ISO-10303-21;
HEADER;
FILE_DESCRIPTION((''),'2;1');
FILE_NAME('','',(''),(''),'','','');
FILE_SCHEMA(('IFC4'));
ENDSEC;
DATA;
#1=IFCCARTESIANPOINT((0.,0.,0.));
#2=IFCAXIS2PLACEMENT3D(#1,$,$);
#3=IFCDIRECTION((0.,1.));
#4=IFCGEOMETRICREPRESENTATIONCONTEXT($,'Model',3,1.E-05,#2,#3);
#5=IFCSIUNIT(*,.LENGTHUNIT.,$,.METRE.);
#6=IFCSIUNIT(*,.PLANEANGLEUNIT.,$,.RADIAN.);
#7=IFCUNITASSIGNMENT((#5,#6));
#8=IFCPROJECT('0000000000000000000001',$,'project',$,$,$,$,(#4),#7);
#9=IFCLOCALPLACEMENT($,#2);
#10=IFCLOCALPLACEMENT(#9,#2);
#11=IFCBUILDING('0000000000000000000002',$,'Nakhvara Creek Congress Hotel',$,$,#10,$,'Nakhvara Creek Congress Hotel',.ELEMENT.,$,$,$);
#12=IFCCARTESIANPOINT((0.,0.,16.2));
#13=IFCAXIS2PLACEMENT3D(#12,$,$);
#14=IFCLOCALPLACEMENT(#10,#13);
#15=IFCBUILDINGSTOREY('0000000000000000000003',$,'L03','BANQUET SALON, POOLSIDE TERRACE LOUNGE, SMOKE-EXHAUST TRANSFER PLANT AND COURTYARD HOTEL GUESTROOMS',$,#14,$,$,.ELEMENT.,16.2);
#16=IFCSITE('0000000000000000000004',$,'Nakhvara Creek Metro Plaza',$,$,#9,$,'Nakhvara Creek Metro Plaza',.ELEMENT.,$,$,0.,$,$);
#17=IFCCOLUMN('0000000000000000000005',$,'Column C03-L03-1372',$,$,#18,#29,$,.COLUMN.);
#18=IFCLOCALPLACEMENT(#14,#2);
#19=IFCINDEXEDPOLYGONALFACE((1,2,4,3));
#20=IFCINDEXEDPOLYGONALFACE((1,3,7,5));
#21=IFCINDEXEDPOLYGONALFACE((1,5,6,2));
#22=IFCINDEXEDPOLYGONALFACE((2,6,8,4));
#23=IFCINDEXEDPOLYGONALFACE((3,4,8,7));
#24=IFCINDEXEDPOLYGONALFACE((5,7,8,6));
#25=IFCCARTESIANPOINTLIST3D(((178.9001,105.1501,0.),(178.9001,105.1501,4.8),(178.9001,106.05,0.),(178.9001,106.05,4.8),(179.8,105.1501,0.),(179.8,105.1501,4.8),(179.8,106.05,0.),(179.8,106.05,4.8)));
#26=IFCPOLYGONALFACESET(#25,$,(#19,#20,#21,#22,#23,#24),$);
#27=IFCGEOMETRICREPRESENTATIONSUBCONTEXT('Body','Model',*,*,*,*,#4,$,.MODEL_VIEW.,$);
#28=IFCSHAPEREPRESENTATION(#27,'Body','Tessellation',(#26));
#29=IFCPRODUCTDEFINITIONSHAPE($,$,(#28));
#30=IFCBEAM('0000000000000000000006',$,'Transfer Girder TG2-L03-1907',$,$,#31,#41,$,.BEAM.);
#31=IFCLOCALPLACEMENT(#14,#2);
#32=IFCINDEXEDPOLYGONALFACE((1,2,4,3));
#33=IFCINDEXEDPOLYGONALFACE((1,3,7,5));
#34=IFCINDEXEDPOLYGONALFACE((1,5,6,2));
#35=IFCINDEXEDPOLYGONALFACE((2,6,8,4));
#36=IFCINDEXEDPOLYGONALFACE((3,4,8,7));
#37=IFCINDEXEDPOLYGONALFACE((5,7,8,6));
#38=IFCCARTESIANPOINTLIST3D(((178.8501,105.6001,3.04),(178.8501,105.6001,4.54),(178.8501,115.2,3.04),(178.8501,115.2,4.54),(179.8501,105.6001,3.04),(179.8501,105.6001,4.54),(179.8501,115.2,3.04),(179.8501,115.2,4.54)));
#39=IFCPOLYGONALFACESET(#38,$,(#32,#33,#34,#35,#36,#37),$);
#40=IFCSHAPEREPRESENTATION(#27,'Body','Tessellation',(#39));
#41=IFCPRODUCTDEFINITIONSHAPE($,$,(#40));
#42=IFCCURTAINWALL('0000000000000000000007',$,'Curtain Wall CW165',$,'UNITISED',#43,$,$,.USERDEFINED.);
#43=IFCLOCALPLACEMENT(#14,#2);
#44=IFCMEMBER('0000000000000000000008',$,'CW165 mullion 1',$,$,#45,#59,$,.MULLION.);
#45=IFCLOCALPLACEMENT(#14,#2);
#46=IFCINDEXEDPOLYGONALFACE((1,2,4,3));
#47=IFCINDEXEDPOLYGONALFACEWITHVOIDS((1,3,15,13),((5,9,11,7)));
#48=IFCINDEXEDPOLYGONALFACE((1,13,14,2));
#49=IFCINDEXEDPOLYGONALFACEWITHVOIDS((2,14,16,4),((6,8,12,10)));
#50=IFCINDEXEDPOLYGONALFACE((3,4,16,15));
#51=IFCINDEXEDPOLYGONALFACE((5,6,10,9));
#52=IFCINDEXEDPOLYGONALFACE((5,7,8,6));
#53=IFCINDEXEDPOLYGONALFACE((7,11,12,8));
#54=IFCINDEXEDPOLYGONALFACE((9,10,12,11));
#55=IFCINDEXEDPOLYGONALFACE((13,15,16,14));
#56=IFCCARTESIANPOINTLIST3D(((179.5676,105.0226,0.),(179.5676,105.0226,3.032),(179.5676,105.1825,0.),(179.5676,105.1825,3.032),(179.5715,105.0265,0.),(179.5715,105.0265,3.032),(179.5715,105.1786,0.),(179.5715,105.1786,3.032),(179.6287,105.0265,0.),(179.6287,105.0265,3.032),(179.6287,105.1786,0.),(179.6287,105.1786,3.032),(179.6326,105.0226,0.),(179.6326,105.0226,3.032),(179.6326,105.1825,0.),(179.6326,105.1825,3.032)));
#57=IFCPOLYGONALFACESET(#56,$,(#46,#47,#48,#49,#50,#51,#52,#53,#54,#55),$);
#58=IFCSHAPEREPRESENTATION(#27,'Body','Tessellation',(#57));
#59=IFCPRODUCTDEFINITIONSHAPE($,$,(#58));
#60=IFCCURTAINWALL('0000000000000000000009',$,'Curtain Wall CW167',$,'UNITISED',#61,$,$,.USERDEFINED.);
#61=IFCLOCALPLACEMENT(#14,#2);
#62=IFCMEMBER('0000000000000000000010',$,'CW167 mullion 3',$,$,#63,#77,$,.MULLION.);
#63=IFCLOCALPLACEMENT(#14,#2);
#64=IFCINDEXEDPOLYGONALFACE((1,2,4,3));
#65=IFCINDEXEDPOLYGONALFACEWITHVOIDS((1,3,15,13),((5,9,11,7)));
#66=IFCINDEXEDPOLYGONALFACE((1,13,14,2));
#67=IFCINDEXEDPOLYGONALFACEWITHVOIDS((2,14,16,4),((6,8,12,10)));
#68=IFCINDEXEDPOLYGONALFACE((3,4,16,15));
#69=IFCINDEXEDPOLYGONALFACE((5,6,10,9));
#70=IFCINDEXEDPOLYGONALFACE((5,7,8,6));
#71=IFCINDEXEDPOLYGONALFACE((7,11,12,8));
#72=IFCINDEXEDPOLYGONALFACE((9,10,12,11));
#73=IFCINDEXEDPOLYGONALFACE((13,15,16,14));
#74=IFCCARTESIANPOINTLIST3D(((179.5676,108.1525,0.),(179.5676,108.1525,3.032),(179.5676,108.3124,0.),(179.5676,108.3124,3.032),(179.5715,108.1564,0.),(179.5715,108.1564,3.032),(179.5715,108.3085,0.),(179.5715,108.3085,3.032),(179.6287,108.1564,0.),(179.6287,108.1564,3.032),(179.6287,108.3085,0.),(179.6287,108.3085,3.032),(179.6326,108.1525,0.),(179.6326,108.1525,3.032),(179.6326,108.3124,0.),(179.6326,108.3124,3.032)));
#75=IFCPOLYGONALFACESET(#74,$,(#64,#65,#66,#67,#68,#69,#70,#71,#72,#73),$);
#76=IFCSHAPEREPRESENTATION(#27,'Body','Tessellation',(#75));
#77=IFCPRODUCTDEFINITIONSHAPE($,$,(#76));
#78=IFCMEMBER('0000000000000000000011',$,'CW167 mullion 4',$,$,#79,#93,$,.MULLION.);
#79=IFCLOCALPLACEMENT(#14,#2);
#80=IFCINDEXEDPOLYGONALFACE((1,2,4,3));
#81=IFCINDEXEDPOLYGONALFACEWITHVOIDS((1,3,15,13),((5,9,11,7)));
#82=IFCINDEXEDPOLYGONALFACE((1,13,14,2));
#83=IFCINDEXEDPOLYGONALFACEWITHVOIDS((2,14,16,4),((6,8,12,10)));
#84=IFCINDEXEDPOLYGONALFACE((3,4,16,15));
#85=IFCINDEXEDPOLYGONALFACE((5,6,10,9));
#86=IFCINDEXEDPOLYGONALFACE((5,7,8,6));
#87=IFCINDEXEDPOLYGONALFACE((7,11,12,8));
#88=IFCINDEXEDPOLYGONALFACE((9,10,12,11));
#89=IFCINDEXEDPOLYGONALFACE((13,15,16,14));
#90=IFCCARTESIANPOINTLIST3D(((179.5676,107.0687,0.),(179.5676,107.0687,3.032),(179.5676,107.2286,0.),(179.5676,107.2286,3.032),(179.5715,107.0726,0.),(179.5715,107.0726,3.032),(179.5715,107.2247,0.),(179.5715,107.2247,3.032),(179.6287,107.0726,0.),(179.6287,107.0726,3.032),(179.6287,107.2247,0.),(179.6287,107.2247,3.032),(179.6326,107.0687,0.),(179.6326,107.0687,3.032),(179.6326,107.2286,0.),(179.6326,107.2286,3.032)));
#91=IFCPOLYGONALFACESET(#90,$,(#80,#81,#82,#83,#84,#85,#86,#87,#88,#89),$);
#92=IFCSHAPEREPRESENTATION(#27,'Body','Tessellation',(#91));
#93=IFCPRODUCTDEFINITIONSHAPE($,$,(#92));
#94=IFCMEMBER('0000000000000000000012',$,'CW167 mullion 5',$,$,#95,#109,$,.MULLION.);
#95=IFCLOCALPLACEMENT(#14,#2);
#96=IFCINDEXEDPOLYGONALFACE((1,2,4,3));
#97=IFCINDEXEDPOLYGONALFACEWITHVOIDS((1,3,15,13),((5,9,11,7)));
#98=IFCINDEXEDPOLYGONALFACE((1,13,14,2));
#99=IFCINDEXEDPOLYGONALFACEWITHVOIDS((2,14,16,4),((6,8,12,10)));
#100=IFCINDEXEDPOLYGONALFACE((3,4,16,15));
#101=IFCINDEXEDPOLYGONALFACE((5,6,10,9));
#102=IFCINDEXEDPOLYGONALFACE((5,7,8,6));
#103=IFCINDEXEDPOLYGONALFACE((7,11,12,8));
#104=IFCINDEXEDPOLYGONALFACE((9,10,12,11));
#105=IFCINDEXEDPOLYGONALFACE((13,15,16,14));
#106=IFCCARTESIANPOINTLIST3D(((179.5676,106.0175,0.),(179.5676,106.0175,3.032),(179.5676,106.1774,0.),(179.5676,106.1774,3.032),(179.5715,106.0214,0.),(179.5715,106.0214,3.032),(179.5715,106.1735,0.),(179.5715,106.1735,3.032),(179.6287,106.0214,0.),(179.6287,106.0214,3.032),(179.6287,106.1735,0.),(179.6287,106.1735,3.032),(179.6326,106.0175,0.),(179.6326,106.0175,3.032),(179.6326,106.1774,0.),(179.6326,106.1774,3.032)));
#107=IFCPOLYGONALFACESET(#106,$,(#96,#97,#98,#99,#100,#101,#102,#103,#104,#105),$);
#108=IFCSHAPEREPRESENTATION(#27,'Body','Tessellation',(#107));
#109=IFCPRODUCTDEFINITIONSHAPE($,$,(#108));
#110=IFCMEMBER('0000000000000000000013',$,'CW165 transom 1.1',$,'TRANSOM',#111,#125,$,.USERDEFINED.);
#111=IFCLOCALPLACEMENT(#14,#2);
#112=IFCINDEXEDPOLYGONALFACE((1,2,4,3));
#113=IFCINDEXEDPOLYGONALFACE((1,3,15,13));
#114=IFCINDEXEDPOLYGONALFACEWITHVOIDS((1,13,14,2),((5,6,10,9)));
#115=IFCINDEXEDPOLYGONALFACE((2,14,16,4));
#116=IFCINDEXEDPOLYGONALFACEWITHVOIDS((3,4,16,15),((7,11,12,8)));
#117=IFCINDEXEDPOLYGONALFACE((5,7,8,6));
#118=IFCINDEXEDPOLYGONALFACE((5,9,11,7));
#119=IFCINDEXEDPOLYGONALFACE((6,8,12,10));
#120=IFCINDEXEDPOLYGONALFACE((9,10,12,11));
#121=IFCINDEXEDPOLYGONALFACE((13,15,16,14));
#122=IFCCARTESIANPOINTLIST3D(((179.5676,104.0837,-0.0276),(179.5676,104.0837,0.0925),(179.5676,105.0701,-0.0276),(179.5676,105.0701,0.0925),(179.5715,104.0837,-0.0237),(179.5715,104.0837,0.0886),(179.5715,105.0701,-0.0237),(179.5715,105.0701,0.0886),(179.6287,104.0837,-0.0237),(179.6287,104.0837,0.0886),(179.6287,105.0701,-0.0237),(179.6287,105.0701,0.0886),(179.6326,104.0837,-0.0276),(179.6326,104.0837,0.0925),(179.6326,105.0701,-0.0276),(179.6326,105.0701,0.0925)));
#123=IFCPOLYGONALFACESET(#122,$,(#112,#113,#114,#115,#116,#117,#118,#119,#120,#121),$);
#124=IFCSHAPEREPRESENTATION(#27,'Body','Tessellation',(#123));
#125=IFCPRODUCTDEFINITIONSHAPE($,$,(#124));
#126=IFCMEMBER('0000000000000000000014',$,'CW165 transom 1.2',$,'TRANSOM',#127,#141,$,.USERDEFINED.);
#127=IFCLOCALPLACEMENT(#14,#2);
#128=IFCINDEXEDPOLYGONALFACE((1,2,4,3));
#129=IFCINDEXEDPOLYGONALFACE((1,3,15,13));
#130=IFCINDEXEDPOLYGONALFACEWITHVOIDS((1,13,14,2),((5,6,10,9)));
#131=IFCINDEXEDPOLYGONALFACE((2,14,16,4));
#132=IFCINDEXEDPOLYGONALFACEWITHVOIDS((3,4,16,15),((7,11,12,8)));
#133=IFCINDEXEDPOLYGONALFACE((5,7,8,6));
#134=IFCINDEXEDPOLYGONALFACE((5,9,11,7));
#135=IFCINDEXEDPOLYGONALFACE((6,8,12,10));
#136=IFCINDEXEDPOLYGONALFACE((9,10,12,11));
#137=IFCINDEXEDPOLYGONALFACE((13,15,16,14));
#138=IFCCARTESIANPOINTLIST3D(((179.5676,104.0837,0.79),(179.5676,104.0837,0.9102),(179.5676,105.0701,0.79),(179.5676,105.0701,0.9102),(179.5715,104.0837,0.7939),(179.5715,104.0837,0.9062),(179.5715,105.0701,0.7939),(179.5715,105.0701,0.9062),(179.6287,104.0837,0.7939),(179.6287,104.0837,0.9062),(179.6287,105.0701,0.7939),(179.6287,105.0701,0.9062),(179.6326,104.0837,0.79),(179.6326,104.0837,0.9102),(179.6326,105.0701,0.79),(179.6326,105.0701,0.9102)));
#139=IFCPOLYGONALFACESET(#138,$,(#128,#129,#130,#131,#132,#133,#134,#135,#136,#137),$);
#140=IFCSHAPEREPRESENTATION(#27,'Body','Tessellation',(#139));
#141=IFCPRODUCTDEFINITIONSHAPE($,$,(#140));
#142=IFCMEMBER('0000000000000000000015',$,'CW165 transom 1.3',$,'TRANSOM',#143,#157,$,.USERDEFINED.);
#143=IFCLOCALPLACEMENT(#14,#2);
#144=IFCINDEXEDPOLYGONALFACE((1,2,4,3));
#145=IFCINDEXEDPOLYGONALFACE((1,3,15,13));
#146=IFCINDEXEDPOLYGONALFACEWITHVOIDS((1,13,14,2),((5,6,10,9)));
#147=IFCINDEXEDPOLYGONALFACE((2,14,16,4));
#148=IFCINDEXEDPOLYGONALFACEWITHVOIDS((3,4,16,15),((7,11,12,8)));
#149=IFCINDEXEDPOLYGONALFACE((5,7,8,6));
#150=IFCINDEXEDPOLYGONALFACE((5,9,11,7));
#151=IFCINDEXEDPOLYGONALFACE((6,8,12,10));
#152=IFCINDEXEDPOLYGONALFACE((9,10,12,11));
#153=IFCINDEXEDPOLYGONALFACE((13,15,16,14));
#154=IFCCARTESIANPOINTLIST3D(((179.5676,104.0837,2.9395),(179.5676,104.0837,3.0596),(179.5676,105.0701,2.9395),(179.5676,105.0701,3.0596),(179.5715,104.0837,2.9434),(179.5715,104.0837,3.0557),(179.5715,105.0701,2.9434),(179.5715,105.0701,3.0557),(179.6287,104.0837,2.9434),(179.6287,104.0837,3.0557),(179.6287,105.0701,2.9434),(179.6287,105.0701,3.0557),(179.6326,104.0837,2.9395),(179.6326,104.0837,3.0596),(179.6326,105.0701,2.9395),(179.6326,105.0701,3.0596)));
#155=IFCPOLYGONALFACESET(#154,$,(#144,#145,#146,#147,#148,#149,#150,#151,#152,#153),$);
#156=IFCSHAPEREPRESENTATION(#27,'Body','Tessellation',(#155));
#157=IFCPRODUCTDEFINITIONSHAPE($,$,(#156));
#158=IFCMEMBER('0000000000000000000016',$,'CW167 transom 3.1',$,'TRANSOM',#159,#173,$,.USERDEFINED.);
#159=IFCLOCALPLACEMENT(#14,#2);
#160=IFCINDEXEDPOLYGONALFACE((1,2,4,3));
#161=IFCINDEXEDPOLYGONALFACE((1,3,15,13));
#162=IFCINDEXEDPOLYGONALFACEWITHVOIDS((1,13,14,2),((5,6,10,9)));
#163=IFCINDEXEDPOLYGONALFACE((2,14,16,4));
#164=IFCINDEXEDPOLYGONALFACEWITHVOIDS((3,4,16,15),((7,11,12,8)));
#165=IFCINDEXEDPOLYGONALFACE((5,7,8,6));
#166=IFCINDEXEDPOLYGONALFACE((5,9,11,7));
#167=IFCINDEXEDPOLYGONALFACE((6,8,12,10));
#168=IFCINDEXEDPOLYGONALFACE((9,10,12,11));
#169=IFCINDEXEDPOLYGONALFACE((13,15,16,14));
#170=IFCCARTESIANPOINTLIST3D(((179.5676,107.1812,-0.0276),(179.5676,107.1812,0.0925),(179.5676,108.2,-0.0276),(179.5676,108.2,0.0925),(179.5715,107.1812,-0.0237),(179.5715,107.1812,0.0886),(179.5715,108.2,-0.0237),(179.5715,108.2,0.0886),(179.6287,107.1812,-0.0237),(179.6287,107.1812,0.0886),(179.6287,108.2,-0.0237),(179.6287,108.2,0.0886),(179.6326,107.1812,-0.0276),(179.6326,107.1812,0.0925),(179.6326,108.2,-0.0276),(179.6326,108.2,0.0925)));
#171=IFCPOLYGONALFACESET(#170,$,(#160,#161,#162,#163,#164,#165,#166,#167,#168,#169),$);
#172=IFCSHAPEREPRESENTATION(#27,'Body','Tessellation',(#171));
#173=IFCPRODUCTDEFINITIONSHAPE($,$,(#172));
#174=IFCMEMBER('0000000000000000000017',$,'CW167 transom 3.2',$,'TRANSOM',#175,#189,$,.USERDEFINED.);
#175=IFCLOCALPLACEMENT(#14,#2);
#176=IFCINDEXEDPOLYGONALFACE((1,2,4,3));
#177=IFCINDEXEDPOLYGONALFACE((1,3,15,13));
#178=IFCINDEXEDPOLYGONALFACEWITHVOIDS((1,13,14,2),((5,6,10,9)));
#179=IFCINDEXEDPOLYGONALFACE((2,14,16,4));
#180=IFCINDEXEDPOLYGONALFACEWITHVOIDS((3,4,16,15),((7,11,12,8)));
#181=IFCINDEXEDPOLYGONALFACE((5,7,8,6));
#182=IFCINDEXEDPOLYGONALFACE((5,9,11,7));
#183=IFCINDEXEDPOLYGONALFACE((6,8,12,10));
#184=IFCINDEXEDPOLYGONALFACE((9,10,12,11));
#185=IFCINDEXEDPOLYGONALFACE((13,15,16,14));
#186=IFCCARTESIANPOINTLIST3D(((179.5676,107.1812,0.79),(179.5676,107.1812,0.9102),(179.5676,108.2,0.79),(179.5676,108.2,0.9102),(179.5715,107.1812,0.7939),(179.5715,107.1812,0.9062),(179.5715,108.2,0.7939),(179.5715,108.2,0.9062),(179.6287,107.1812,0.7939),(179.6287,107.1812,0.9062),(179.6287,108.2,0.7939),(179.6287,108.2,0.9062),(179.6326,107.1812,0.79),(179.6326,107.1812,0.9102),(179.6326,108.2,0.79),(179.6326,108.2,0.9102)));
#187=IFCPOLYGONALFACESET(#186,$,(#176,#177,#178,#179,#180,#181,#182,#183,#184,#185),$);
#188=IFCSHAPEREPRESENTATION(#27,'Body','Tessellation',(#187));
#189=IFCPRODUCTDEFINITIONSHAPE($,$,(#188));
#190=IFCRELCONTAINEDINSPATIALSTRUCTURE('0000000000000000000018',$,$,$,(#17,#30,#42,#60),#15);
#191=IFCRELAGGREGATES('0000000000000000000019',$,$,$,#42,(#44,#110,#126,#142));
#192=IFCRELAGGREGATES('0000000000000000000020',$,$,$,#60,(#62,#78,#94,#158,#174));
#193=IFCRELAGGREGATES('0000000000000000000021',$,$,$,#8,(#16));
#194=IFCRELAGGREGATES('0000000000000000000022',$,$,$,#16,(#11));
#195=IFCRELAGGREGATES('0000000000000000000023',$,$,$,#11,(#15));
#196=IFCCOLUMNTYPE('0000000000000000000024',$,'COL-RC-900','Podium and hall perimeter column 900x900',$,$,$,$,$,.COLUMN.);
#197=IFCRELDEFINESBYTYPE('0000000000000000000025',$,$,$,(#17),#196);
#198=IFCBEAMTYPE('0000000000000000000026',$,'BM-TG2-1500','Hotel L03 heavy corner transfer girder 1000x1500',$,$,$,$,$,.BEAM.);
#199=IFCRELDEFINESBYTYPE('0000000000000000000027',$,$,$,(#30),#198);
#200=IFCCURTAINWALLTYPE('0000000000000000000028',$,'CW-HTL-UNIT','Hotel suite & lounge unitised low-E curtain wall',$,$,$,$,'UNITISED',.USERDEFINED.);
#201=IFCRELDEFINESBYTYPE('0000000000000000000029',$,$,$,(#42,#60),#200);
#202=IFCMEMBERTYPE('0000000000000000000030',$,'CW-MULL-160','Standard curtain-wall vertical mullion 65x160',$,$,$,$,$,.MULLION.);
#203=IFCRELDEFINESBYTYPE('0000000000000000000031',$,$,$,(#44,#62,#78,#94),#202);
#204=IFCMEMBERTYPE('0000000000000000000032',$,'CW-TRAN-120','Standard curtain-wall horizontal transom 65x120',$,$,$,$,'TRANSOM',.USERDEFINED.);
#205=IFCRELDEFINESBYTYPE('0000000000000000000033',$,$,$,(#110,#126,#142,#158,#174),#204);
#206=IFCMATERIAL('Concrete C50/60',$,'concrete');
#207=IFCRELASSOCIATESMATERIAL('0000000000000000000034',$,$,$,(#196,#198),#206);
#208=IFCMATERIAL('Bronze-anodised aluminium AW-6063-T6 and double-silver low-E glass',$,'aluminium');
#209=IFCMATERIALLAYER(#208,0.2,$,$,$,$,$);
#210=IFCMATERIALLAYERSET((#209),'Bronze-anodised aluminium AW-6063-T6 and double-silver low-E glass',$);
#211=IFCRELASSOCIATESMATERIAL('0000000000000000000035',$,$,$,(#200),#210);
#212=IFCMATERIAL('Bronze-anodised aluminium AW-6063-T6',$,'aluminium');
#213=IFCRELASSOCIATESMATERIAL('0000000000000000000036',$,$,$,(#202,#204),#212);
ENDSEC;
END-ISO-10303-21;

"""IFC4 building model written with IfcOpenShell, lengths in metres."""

from ifc_helpers import new_model, si_unit, direction, frame, origin, origin_2d, place, context, subcontext, project, spatial, rectangle, hollow_rectangle, extrude, material, layer, layer_set, material_profile, profile_set, type_object, element, aggregate, save


model = new_model("IFC4")

# Units and contexts
model_context = context("Model", 3, precision=1e-05, world=origin(), true_north=direction((0.0, 1.0)))
body_context = subcontext(model_context, "Body", "Model", "MODEL_VIEW")
ifc_project = project(units=[si_unit("LENGTHUNIT", "METRE"), si_unit("PLANEANGLEUNIT", "RADIAN")], contexts=[model_context])

# Site, building, storey
site_placement = place(None, origin())
site = spatial("IfcSite", under=ifc_project, at=site_placement, Name="Nakhvara Creek Metro Plaza", LongName="Nakhvara Creek Metro Plaza", CompositionType="ELEMENT", RefElevation=0.0)
building_placement = place(site_placement, origin())
building = spatial("IfcBuilding", under=site, at=building_placement, Name="Nakhvara Creek Congress Hotel", LongName="Nakhvara Creek Congress Hotel", CompositionType="ELEMENT")
storey_placement = place(building_placement, frame((0.0, 0.0, 16.2)))
storey = spatial("IfcBuildingStorey", under=building, at=storey_placement, Name="L03", Description="BANQUET SALON, POOLSIDE TERRACE LOUNGE, SMOKE-EXHAUST TRANSFER PLANT AND COURTYARD HOTEL GUESTROOMS", CompositionType="ELEMENT", Elevation=16.2)

# Column
ifc_material_1 = material(Name="Concrete C50/60", Category="concrete")
ifc_material_profile_1 = material_profile(ifc_material_1, rectangle(XDim=0.8999, YDim=0.8999, at=origin_2d()), Name="RC-COL 900x900", Category="LoadBearing")
ifc_profile_set_1 = profile_set([ifc_material_profile_1], Name="Concrete C50/60")
column_type = type_object("IfcColumnType", Name="COL-RC-900", Description="Podium and hall perimeter column 900x900", PredefinedType="COLUMN", material=ifc_profile_set_1)
column_placement = place(storey_placement, frame((179.3501, 105.6001, 0.0), z_axis=(0.0, 0.0, 1.0), x_axis=(1.0, 0.0, 0.0)))
element("IfcColumn", 1, at=column_placement, inside=storey, type_object=column_type, Name="Column C03-L03-1372", PredefinedType="COLUMN", context=body_context, shape_type="SweptSolid", body=[
    extrude(rectangle(XDim=0.8999, YDim=0.8999, at=origin_2d()), origin(), (0.0, 0.0, 1.0), 4.8),
])

# Beam
ifc_material_profile_2 = material_profile(ifc_material_1, rectangle(XDim=1.0, YDim=1.5, at=origin_2d()), Name="RC-TG 1000x1500", Category="LoadBearing")
ifc_profile_set_2 = profile_set([ifc_material_profile_2], Name="Concrete C50/60")
beam_type = type_object("IfcBeamType", Name="BM-TG2-1500", Description="Hotel L03 heavy corner transfer girder 1000x1500", PredefinedType="BEAM", material=ifc_profile_set_2)
beam_placement = place(storey_placement, frame((179.3501, 105.6001, 3.79), z_axis=(0.0, 1.0, 0.0), x_axis=(-1.0, 0.0, 0.0)))
element("IfcBeam", 2, at=beam_placement, inside=storey, type_object=beam_type, Name="Transfer Girder TG2-L03-1907", PredefinedType="BEAM", context=body_context, shape_type="SweptSolid", body=[
    extrude(rectangle(XDim=1.0, YDim=1.5, at=origin_2d()), origin(), (0.0, 0.0, 1.0), 9.5999),
])

# Curtain wall, member
ifc_material_2 = material(Name="Bronze-anodised aluminium AW-6063-T6 and double-silver low-E glass", Category="aluminium")
ifc_layer_1 = layer(ifc_material_2, 0.2)
ifc_layer_set_1 = layer_set([ifc_layer_1], Name="Bronze-anodised aluminium AW-6063-T6 and double-silver low-E glass")
curtain_wall_type = type_object("IfcCurtainWallType", Name="CW-HTL-UNIT", Description="Hotel suite & lounge unitised low-E curtain wall", ElementType="UNITISED", PredefinedType="USERDEFINED", material=ifc_layer_set_1)
curtain_wall_1_placement = place(storey_placement, origin())
curtain_wall_1 = element("IfcCurtainWall", 3, at=curtain_wall_1_placement, inside=storey, type_object=curtain_wall_type, Name="Curtain Wall CW165", ObjectType="UNITISED", PredefinedType="USERDEFINED")
ifc_material_3 = material(Name="Bronze-anodised aluminium AW-6063-T6", Category="aluminium")
ifc_material_profile_3 = material_profile(ifc_material_3, hollow_rectangle(XDim=0.0649, YDim=0.1599, WallThickness=0.0039, at=origin_2d()), Name="ALU-MULL 65x160x4", Category="LoadBearing")
ifc_profile_set_3 = profile_set([ifc_material_profile_3], Name="Bronze-anodised aluminium AW-6063-T6")
member_type_1 = type_object("IfcMemberType", Name="CW-MULL-160", Description="Standard curtain-wall vertical mullion 65x160", PredefinedType="MULLION", material=ifc_profile_set_3)
member_1_placement = place(storey_placement, frame((179.6001, 105.1025, 0.0), z_axis=(0.0, 0.0, 1.0), x_axis=(1.0, 0.0, 0.0)))
member_1 = element("IfcMember", 4, at=member_1_placement, type_object=member_type_1, Name="CW165 mullion 1", PredefinedType="MULLION", context=body_context, shape_type="SweptSolid", body=[
    extrude(hollow_rectangle(XDim=0.0649, YDim=0.1599, WallThickness=0.0039, at=origin_2d()), origin(), (0.0, 0.0, 1.0), 3.032),
])

# Curtain wall, members
curtain_wall_2_placement = place(storey_placement, origin())
curtain_wall_2 = element("IfcCurtainWall", 5, at=curtain_wall_2_placement, inside=storey, type_object=curtain_wall_type, Name="Curtain Wall CW167", ObjectType="UNITISED", PredefinedType="USERDEFINED")
member_2_placement = place(storey_placement, frame((179.6001, 108.2324, 0.0), z_axis=(0.0, 0.0, 1.0), x_axis=(1.0, 0.0, 0.0)))
member_2 = element("IfcMember", 6, at=member_2_placement, type_object=member_type_1, Name="CW167 mullion 3", PredefinedType="MULLION", context=body_context, shape_type="SweptSolid", body=[
    extrude(hollow_rectangle(XDim=0.0649, YDim=0.1599, WallThickness=0.0039, at=origin_2d()), origin(), (0.0, 0.0, 1.0), 3.032),
])
member_3_placement = place(storey_placement, frame((179.6001, 107.1487, 0.0), z_axis=(0.0, 0.0, 1.0), x_axis=(1.0, 0.0, 0.0)))
member_3 = element("IfcMember", 7, at=member_3_placement, type_object=member_type_1, Name="CW167 mullion 4", PredefinedType="MULLION", context=body_context, shape_type="SweptSolid", body=[
    extrude(hollow_rectangle(XDim=0.0649, YDim=0.1599, WallThickness=0.0039, at=origin_2d()), origin(), (0.0, 0.0, 1.0), 3.032),
])
member_4_placement = place(storey_placement, frame((179.6001, 106.0974, 0.0), z_axis=(0.0, 0.0, 1.0), x_axis=(1.0, 0.0, 0.0)))
member_4 = element("IfcMember", 8, at=member_4_placement, type_object=member_type_1, Name="CW167 mullion 5", PredefinedType="MULLION", context=body_context, shape_type="SweptSolid", body=[
    extrude(hollow_rectangle(XDim=0.0649, YDim=0.1599, WallThickness=0.0039, at=origin_2d()), origin(), (0.0, 0.0, 1.0), 3.032),
])

# Members
ifc_material_profile_4 = material_profile(ifc_material_3, hollow_rectangle(XDim=0.0649, YDim=0.1201, WallThickness=0.0039, at=origin_2d()), Name="ALU-TRAN 65x120x4", Category="LoadBearing")
ifc_profile_set_4 = profile_set([ifc_material_profile_4], Name="Bronze-anodised aluminium AW-6063-T6")
member_type_2 = type_object("IfcMemberType", Name="CW-TRAN-120", Description="Standard curtain-wall horizontal transom 65x120", ElementType="TRANSOM", PredefinedType="USERDEFINED", material=ifc_profile_set_4)
member_5_placement = place(storey_placement, frame((179.6001, 105.0701, 0.0325), z_axis=(0.0, -1.0, 0.0), x_axis=(1.0, 0.0, 0.0)))
member_5 = element("IfcMember", 9, at=member_5_placement, type_object=member_type_2, Name="CW165 transom 1.1", ObjectType="TRANSOM", PredefinedType="USERDEFINED", context=body_context, shape_type="SweptSolid", body=[
    extrude(hollow_rectangle(XDim=0.0649, YDim=0.1201, WallThickness=0.0039, at=origin_2d()), origin(), (0.0, 0.0, 1.0), 0.9863),
])
member_6_placement = place(storey_placement, frame((179.6001, 105.0701, 0.8501), z_axis=(0.0, -1.0, 0.0), x_axis=(1.0, 0.0, 0.0)))
member_6 = element("IfcMember", 10, at=member_6_placement, type_object=member_type_2, Name="CW165 transom 1.2", ObjectType="TRANSOM", PredefinedType="USERDEFINED", context=body_context, shape_type="SweptSolid", body=[
    extrude(hollow_rectangle(XDim=0.0649, YDim=0.1201, WallThickness=0.0039, at=origin_2d()), origin(), (0.0, 0.0, 1.0), 0.9863),
])
member_7_placement = place(storey_placement, frame((179.6001, 105.0701, 2.9995), z_axis=(0.0, -1.0, 0.0), x_axis=(1.0, 0.0, 0.0)))
member_7 = element("IfcMember", 11, at=member_7_placement, type_object=member_type_2, Name="CW165 transom 1.3", ObjectType="TRANSOM", PredefinedType="USERDEFINED", context=body_context, shape_type="SweptSolid", body=[
    extrude(hollow_rectangle(XDim=0.0649, YDim=0.1201, WallThickness=0.0039, at=origin_2d()), origin(), (0.0, 0.0, 1.0), 0.9863),
])
aggregate(curtain_wall_1, [member_1, member_5, member_6, member_7])
member_8_placement = place(storey_placement, frame((179.6001, 108.2, 0.0325), z_axis=(0.0, -1.0, 0.0), x_axis=(1.0, 0.0, 0.0)))
member_8 = element("IfcMember", 12, at=member_8_placement, type_object=member_type_2, Name="CW167 transom 3.1", ObjectType="TRANSOM", PredefinedType="USERDEFINED", context=body_context, shape_type="SweptSolid", body=[
    extrude(hollow_rectangle(XDim=0.0649, YDim=0.1201, WallThickness=0.0039, at=origin_2d()), origin(), (0.0, 0.0, 1.0), 1.0188),
])
member_9_placement = place(storey_placement, frame((179.6001, 108.2, 0.8501), z_axis=(0.0, -1.0, 0.0), x_axis=(1.0, 0.0, 0.0)))
member_9 = element("IfcMember", 13, at=member_9_placement, type_object=member_type_2, Name="CW167 transom 3.2", ObjectType="TRANSOM", PredefinedType="USERDEFINED", context=body_context, shape_type="SweptSolid", body=[
    extrude(hollow_rectangle(XDim=0.0649, YDim=0.1201, WallThickness=0.0039, at=origin_2d()), origin(), (0.0, 0.0, 1.0), 1.0188),
])

aggregate(curtain_wall_2, [member_2, member_3, member_4, member_8, member_9])

save(model, "model.ifc")
